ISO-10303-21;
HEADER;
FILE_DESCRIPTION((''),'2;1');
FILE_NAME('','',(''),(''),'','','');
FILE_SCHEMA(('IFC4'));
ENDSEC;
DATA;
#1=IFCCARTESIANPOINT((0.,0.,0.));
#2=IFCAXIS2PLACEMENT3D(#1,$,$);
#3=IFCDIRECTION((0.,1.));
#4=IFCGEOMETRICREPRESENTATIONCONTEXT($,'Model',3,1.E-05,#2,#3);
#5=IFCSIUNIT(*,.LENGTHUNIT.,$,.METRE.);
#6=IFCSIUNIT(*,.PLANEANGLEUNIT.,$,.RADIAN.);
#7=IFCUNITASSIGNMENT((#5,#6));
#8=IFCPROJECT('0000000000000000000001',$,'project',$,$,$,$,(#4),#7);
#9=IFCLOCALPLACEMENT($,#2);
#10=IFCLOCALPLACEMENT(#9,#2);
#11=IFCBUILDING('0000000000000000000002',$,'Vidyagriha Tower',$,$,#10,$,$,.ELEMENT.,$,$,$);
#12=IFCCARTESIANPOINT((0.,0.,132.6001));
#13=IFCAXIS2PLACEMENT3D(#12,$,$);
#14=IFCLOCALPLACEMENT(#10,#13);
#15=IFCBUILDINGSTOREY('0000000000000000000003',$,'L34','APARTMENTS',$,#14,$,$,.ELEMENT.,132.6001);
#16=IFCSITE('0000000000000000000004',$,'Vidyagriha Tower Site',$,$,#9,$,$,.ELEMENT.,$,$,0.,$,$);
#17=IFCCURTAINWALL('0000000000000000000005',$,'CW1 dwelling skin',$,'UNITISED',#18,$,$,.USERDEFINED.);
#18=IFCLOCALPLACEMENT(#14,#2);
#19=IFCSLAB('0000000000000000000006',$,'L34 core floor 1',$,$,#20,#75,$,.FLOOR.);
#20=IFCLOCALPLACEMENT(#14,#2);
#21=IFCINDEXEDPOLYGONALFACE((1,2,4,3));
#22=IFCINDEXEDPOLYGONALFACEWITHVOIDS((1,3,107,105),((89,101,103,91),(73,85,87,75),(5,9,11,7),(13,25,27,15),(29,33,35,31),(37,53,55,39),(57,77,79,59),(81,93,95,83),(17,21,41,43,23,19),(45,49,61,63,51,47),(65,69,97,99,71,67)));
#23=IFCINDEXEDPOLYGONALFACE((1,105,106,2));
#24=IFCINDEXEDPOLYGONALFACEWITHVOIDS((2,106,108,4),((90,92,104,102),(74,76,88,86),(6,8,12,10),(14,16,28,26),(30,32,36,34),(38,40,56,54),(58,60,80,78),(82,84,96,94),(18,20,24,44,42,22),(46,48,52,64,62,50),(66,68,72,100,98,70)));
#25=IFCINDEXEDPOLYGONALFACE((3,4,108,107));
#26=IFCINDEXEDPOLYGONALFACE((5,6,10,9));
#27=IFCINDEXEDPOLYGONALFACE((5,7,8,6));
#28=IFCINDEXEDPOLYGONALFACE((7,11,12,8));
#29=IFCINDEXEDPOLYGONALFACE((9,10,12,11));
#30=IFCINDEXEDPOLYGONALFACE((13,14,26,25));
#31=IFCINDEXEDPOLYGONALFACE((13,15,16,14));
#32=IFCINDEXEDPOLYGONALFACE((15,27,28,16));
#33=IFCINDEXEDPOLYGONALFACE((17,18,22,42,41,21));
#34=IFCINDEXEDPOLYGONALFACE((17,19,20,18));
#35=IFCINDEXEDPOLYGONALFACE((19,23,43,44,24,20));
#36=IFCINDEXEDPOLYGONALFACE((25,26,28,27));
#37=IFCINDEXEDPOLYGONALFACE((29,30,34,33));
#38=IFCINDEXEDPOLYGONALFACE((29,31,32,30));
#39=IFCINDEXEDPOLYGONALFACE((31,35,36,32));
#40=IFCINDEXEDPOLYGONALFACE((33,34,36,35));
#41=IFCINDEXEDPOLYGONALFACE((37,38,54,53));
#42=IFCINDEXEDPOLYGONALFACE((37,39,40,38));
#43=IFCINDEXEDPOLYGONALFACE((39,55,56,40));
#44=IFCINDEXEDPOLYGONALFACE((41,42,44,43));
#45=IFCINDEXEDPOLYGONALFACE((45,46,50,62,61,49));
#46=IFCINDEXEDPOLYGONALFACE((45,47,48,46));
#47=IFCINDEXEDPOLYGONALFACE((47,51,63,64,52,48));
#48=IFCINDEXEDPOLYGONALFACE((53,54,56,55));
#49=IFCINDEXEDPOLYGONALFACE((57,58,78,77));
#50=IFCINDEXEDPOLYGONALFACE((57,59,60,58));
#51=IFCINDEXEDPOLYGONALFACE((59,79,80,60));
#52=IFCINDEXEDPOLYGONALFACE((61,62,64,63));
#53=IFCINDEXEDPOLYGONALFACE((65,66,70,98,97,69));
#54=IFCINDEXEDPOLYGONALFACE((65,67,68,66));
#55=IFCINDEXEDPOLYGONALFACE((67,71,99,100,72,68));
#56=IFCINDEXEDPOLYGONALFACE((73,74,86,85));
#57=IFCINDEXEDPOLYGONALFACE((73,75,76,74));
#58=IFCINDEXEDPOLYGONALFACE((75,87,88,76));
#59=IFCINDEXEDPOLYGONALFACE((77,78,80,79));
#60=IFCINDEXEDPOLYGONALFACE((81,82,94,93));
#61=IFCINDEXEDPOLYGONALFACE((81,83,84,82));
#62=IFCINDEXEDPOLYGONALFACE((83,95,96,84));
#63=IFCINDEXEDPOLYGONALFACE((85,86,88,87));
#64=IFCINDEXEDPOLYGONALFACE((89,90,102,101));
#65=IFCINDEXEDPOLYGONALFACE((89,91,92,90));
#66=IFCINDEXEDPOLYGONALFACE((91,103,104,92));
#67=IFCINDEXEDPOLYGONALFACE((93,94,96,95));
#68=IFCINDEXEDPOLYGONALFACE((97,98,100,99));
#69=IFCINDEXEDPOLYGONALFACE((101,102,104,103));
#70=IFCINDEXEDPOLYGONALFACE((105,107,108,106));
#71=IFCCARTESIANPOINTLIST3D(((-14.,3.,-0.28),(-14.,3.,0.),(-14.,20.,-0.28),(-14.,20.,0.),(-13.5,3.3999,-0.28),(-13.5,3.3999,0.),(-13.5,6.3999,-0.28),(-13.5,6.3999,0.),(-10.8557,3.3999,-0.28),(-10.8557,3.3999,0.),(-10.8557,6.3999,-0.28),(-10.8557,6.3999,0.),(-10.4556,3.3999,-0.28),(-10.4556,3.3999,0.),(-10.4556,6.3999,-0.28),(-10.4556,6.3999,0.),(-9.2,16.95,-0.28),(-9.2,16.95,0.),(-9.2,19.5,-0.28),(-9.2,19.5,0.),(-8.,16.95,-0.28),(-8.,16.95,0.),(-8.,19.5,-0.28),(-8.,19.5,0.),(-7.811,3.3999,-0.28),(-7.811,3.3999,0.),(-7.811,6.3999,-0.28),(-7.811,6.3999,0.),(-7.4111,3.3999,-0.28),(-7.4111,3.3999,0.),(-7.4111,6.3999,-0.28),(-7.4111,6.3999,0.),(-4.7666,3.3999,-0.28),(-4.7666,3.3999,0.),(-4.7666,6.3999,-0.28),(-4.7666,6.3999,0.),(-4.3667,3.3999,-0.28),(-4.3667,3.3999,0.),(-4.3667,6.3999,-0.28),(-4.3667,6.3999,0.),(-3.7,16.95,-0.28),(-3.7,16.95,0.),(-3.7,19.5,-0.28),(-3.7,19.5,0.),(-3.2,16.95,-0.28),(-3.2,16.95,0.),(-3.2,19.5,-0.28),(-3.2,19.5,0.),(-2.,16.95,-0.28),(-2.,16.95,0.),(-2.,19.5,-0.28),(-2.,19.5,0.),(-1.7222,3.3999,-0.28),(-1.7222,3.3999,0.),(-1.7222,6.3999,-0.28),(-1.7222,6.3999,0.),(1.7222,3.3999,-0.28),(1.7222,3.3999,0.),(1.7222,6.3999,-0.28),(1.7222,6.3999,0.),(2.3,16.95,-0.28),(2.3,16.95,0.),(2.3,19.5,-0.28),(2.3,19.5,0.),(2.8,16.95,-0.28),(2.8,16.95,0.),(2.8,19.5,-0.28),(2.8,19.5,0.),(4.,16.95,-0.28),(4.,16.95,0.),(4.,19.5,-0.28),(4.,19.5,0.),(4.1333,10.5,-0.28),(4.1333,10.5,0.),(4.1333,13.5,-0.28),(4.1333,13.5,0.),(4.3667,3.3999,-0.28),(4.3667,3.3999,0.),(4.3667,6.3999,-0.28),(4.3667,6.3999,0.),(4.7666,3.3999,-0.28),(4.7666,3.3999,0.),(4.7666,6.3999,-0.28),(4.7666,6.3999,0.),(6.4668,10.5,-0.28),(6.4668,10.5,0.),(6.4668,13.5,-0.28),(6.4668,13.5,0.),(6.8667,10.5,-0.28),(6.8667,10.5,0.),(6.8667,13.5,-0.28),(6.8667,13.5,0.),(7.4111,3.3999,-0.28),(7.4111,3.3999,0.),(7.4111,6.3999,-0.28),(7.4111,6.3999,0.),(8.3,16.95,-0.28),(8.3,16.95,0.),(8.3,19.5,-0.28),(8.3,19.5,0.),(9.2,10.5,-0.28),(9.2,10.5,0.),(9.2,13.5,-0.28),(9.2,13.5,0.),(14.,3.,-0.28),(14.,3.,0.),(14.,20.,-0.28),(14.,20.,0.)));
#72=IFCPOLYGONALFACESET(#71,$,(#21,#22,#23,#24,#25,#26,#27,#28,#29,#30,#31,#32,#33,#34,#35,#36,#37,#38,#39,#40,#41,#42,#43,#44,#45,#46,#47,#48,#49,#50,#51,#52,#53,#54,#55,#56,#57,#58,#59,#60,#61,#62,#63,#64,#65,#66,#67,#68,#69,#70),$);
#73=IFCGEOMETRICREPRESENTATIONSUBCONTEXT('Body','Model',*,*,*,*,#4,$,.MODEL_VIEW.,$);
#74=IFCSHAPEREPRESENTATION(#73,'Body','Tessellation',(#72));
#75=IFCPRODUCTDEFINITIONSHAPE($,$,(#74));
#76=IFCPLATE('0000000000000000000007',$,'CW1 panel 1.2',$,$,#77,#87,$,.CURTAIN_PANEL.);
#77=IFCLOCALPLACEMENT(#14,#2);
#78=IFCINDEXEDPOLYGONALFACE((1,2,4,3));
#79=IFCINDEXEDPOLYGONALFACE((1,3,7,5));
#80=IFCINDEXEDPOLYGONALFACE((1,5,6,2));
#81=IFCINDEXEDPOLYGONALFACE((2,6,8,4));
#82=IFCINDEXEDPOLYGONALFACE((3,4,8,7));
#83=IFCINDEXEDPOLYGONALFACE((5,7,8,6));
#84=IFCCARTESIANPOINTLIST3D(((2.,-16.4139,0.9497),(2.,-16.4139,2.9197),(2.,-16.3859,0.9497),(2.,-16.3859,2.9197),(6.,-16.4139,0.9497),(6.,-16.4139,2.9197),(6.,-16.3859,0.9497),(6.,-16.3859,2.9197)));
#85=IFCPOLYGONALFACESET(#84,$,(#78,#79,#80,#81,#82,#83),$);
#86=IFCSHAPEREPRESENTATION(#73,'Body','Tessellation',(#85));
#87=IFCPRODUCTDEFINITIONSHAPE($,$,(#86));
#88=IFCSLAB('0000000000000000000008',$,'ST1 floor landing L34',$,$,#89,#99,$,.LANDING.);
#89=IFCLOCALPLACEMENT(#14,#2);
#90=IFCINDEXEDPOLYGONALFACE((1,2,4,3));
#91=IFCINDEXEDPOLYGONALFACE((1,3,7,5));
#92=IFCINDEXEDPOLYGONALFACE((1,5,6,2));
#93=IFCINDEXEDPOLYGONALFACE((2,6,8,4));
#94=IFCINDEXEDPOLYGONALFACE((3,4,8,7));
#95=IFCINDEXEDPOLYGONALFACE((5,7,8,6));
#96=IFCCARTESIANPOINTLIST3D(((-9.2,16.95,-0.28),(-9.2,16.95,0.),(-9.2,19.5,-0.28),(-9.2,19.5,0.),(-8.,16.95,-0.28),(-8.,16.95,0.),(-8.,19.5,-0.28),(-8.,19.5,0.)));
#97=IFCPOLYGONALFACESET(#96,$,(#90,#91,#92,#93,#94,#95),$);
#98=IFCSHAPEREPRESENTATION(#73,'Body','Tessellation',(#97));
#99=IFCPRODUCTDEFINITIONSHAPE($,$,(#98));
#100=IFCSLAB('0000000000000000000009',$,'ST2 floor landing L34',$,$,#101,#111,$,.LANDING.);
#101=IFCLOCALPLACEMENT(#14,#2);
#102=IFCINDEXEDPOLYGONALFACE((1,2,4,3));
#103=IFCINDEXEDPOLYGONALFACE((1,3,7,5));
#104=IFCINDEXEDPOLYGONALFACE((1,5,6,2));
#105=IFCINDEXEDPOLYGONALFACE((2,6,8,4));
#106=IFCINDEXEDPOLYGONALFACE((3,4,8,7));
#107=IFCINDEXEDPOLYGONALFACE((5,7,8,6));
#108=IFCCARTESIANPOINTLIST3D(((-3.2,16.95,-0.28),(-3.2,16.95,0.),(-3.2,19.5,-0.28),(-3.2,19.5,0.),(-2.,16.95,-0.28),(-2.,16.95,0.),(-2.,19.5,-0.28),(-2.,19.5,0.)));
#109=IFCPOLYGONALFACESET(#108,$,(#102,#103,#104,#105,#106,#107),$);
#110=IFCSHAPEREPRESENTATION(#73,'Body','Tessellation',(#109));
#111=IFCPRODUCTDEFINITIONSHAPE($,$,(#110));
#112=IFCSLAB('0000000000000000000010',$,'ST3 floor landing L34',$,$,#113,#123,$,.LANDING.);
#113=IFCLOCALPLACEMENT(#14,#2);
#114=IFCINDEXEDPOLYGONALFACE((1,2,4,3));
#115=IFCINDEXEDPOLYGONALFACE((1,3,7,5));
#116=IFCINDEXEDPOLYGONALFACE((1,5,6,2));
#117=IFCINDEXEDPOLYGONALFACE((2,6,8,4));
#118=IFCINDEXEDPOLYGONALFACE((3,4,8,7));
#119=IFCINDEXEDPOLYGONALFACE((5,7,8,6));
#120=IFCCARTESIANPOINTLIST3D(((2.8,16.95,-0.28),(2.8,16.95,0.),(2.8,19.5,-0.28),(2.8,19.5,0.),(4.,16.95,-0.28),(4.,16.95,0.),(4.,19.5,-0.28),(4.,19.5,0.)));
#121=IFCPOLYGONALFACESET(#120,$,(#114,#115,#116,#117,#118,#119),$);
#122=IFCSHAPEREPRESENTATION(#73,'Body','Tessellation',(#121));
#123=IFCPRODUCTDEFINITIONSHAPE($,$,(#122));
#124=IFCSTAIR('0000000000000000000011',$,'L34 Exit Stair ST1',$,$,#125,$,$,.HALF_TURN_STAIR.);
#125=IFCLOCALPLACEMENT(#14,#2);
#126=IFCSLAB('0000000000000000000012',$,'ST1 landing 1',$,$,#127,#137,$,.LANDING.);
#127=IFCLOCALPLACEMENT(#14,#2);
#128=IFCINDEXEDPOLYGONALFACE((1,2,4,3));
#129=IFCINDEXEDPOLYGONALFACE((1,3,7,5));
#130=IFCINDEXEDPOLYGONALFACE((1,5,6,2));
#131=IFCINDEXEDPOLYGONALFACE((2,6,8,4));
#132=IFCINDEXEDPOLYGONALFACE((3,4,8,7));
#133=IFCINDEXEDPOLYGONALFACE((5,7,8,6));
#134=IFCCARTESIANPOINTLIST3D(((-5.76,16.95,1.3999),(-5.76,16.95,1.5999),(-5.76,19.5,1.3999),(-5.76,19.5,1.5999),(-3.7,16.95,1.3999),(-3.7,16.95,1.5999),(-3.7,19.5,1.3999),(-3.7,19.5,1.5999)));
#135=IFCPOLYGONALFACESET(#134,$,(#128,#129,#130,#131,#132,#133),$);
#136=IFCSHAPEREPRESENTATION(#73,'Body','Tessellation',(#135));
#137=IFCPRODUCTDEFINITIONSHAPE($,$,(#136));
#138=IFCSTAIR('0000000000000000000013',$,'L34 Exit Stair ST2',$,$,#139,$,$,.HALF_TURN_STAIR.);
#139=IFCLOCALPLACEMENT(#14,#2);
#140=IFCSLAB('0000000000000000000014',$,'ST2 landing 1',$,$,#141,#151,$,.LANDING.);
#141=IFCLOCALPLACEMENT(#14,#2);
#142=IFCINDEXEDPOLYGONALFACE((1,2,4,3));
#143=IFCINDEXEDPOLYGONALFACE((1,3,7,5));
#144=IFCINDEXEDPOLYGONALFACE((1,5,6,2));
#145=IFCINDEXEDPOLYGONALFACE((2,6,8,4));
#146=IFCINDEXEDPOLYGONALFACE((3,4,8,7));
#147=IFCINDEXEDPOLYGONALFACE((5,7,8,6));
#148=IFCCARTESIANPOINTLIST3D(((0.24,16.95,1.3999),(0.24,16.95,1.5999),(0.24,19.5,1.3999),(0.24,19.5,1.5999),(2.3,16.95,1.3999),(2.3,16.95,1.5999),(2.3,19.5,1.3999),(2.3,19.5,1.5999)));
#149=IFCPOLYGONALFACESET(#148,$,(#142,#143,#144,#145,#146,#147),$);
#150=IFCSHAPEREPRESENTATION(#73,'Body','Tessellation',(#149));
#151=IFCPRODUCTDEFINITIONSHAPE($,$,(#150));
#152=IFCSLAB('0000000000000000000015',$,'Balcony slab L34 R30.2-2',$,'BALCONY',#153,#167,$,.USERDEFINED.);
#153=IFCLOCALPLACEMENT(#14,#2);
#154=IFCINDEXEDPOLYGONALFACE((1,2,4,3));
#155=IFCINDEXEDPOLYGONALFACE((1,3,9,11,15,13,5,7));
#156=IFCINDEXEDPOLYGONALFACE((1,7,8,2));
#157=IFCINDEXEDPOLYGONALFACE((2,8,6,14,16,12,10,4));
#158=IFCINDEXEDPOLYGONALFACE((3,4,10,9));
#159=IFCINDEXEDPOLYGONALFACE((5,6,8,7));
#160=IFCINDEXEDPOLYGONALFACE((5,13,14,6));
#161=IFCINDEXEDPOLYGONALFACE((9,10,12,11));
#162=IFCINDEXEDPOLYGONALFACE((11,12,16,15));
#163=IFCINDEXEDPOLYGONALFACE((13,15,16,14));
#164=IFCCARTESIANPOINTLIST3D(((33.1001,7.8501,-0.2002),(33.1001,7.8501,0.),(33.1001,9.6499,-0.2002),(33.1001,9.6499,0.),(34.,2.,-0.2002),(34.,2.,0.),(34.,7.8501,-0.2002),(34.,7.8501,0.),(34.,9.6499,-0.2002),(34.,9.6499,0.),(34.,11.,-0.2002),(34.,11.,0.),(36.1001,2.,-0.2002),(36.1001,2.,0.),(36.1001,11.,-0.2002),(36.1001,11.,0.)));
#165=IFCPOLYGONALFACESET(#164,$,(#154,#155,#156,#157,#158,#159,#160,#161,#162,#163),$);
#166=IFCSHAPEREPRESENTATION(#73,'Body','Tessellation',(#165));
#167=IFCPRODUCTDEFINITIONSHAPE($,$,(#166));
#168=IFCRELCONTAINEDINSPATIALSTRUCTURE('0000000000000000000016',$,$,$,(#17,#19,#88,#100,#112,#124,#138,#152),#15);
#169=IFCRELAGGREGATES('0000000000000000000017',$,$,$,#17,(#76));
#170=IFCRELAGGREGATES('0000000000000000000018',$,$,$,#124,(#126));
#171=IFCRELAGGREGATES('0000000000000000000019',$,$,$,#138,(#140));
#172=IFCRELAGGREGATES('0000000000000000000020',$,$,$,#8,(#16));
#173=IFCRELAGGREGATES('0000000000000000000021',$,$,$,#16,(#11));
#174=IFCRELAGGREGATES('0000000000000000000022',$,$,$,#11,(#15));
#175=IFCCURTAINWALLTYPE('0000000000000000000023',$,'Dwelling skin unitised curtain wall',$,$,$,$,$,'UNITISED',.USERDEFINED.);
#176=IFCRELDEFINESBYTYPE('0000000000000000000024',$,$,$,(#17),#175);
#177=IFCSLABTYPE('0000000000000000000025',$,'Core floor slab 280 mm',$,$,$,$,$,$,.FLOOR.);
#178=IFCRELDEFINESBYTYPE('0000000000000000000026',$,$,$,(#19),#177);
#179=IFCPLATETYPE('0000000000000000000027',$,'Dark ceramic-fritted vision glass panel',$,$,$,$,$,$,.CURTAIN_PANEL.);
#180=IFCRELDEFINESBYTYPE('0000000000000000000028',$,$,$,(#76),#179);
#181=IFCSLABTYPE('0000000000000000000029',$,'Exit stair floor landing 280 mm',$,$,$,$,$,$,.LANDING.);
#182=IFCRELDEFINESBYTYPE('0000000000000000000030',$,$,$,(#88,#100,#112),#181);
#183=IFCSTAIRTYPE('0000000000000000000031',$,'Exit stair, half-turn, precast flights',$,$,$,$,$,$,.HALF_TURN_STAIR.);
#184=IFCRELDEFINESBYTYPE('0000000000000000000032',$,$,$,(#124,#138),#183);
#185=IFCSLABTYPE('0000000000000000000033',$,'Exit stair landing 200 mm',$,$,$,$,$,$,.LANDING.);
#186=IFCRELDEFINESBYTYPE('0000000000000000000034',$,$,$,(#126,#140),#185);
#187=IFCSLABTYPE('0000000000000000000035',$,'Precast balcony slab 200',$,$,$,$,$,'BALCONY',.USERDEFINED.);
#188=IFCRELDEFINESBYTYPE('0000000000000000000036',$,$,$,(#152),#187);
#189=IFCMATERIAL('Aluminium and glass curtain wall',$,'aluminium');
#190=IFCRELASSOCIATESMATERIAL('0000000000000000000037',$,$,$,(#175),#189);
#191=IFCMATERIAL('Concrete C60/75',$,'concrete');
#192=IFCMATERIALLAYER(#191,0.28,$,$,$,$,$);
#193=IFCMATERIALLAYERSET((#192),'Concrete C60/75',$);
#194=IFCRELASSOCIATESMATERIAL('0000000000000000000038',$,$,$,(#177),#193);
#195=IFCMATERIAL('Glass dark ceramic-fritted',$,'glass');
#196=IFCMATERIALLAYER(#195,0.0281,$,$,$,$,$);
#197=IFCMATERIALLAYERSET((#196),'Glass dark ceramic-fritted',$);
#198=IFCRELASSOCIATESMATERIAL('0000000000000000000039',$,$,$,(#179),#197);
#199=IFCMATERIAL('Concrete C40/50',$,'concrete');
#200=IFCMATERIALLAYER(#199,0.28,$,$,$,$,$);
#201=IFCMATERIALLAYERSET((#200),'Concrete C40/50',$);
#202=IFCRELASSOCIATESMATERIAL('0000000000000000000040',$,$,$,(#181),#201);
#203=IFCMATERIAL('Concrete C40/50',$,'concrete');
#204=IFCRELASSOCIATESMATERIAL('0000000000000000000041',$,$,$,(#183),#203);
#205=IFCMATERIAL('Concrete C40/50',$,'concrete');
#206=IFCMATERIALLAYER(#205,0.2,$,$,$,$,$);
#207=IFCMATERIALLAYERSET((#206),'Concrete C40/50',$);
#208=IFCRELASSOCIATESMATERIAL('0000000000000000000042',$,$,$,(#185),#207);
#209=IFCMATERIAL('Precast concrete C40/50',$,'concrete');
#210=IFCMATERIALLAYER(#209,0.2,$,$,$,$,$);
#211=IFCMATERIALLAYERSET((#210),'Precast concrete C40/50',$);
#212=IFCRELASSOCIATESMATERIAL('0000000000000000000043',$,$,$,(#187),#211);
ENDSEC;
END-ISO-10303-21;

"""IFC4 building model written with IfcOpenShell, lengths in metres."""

from ifc_helpers import new_model, si_unit, direction, frame, origin, origin_2d, place, context, subcontext, project, spatial, polyline, rectangle, outline, extrude, material, layer, layer_set, type_object, element, aggregate, save


model = new_model("IFC4")

# Units and contexts
model_context = context("Model", 3, precision=1e-05, world=origin(), true_north=direction((0.0, 1.0)))
body_context = subcontext(model_context, "Body", "Model", "MODEL_VIEW")
ifc_project = project(units=[si_unit("LENGTHUNIT", "METRE"), si_unit("PLANEANGLEUNIT", "RADIAN")], contexts=[model_context])

# Site, building, storey
site_placement = place(None, origin())
site = spatial("IfcSite", under=ifc_project, at=site_placement, Name="Vidyagriha Tower Site", CompositionType="ELEMENT", RefElevation=0.0)
building_placement = place(site_placement, origin())
building = spatial("IfcBuilding", under=site, at=building_placement, Name="Vidyagriha Tower", CompositionType="ELEMENT")
storey_placement = place(building_placement, frame((0.0, 0.0, 132.6001)))
storey = spatial("IfcBuildingStorey", under=building, at=storey_placement, Name="L34", Description="APARTMENTS", CompositionType="ELEMENT", Elevation=132.6001)

# Curtain wall
ifc_material_1 = material(Name="Aluminium and glass curtain wall", Category="aluminium")
curtain_wall_type = type_object("IfcCurtainWallType", Name="Dwelling skin unitised curtain wall", ElementType="UNITISED", PredefinedType="USERDEFINED", material=ifc_material_1)
curtain_wall_1_placement = place(storey_placement, origin())
curtain_wall_1 = element("IfcCurtainWall", 1, at=curtain_wall_1_placement, inside=storey, type_object=curtain_wall_type, Name="CW1 dwelling skin", ObjectType="UNITISED", PredefinedType="USERDEFINED")

# Slab
ifc_material_2 = material(Name="Concrete C60/75", Category="concrete")
ifc_layer_1 = layer(ifc_material_2, 0.28)
ifc_layer_set_1 = layer_set([ifc_layer_1], Name="Concrete C60/75")
slab_type_1 = type_object("IfcSlabType", Name="Core floor slab 280 mm", PredefinedType="FLOOR", material=ifc_layer_set_1)
slab_1_placement = place(storey_placement, frame((0.0, 0.0, -0.28)))
element("IfcSlab", 2, at=slab_1_placement, inside=storey, type_object=slab_type_1, Name="L34 core floor 1", PredefinedType="FLOOR", context=body_context, shape_type="SweptSolid", body=[
    extrude(outline(polyline([(-14.0, 3.0), (-14.0, 20.0), (14.0, 20.0), (14.0, 3.0), (-14.0, 3.0)]), holes=[polyline([(9.2, 13.5), (6.8667, 13.5), (6.8667, 10.5), (9.2, 10.5), (9.2, 13.5)]), polyline([(4.0, 19.5), (2.8, 19.5), (2.8, 16.95), (4.0, 16.95), (8.3, 16.95), (8.3, 19.5), (4.0, 19.5)]), polyline([(7.4111, 6.3999), (4.7666, 6.3999), (4.7666, 3.3999), (7.4111, 3.3999), (7.4111, 6.3999)]), polyline([(6.4668, 13.5), (4.1333, 13.5), (4.1333, 10.5), (6.4668, 10.5), (6.4668, 13.5)]), polyline([(1.7222, 6.3999), (1.7222, 3.3999), (4.3667, 3.3999), (4.3667, 6.3999), (1.7222, 6.3999)]), polyline([(-2.0, 16.95), (2.3, 16.95), (2.3, 19.5), (-2.0, 19.5), (-3.2, 19.5), (-3.2, 16.95), (-2.0, 16.95)]), polyline([(-1.7222, 6.3999), (-4.3667, 6.3999), (-4.3667, 3.3999), (-1.7222, 3.3999), (-1.7222, 6.3999)]), polyline([(-8.0, 19.5), (-9.2, 19.5), (-9.2, 16.95), (-8.0, 16.95), (-3.7, 16.95), (-3.7, 19.5), (-8.0, 19.5)]), polyline([(-4.7666, 6.3999), (-7.4111, 6.3999), (-7.4111, 3.3999), (-4.7666, 3.3999), (-4.7666, 6.3999)]), polyline([(-7.811, 6.3999), (-10.4556, 6.3999), (-10.4556, 3.3999), (-7.811, 3.3999), (-7.811, 6.3999)]), polyline([(-13.5, 6.3999), (-13.5, 3.3999), (-10.8557, 3.3999), (-10.8557, 6.3999), (-13.5, 6.3999)])]), origin(), (0.0, 0.0, 1.0), 0.28),
])

# Plate
ifc_material_3 = material(Name="Glass dark ceramic-fritted", Category="glass")
ifc_layer_2 = layer(ifc_material_3, 0.0281)
ifc_layer_set_2 = layer_set([ifc_layer_2], Name="Glass dark ceramic-fritted")
plate_type_1 = type_object("IfcPlateType", Name="Dark ceramic-fritted vision glass panel", PredefinedType="CURTAIN_PANEL", material=ifc_layer_set_2)
plate_1_placement = place(storey_placement, frame((4.0, -16.3999, 0.9497)))
plate_1 = element("IfcPlate", 3, at=plate_1_placement, type_object=plate_type_1, Name="CW1 panel 1.2", PredefinedType="CURTAIN_PANEL", context=body_context, shape_type="SweptSolid", body=[
    extrude(rectangle(XDim=4.0, YDim=0.0281, at=origin_2d()), origin(), (0.0, 0.0, 1.0), 1.97),
])
aggregate(curtain_wall_1, [plate_1])

# Slabs
ifc_material_4 = material(Name="Concrete C40/50", Category="concrete")
ifc_layer_3 = layer(ifc_material_4, 0.28)
ifc_layer_set_3 = layer_set([ifc_layer_3], Name="Concrete C40/50")
slab_type_2 = type_object("IfcSlabType", Name="Exit stair floor landing 280 mm", PredefinedType="LANDING", material=ifc_layer_set_3)
slab_2_placement = place(storey_placement, frame((0.0, 0.0, -0.28)))
element("IfcSlab", 4, at=slab_2_placement, inside=storey, type_object=slab_type_2, Name="ST1 floor landing L34", PredefinedType="LANDING", context=body_context, shape_type="SweptSolid", body=[
    extrude(outline(polyline([(-9.2, 16.95), (-8.0, 16.95), (-8.0, 19.5), (-9.2, 19.5), (-9.2, 16.95)])), origin(), (0.0, 0.0, 1.0), 0.28),
])
slab_3_placement = place(storey_placement, frame((0.0, 0.0, -0.28)))
element("IfcSlab", 5, at=slab_3_placement, inside=storey, type_object=slab_type_2, Name="ST2 floor landing L34", PredefinedType="LANDING", context=body_context, shape_type="SweptSolid", body=[
    extrude(outline(polyline([(-3.2, 16.95), (-2.0, 16.95), (-2.0, 19.5), (-3.2, 19.5), (-3.2, 16.95)])), origin(), (0.0, 0.0, 1.0), 0.28),
])
slab_4_placement = place(storey_placement, frame((0.0, 0.0, -0.28)))
element("IfcSlab", 6, at=slab_4_placement, inside=storey, type_object=slab_type_2, Name="ST3 floor landing L34", PredefinedType="LANDING", context=body_context, shape_type="SweptSolid", body=[
    extrude(outline(polyline([(2.8, 16.95), (4.0, 16.95), (4.0, 19.5), (2.8, 19.5), (2.8, 16.95)])), origin(), (0.0, 0.0, 1.0), 0.28),
])

# Stairs, slabs
ifc_material_5 = material(Name="Concrete C40/50", Category="concrete")
stair_type = type_object("IfcStairType", Name="Exit stair, half-turn, precast flights", PredefinedType="HALF_TURN_STAIR", material=ifc_material_5)
stair_1_placement = place(storey_placement, origin())
stair_1 = element("IfcStair", 7, at=stair_1_placement, inside=storey, type_object=stair_type, Name="L34 Exit Stair ST1", PredefinedType="HALF_TURN_STAIR")
ifc_material_6 = material(Name="Concrete C40/50", Category="concrete")
ifc_layer_4 = layer(ifc_material_6, 0.2)
ifc_layer_set_4 = layer_set([ifc_layer_4], Name="Concrete C40/50")
slab_type_3 = type_object("IfcSlabType", Name="Exit stair landing 200 mm", PredefinedType="LANDING", material=ifc_layer_set_4)
slab_5_placement = place(storey_placement, frame((0.0, 0.0, 1.3999)))
slab_5 = element("IfcSlab", 8, at=slab_5_placement, type_object=slab_type_3, Name="ST1 landing 1", PredefinedType="LANDING", context=body_context, shape_type="SweptSolid", body=[
    extrude(outline(polyline([(-5.76, 16.95), (-3.7, 16.95), (-3.7, 19.5), (-5.76, 19.5), (-5.76, 16.95)])), origin(), (0.0, 0.0, 1.0), 0.2),
])
aggregate(stair_1, [slab_5])
stair_2_placement = place(storey_placement, origin())
stair_2 = element("IfcStair", 9, at=stair_2_placement, inside=storey, type_object=stair_type, Name="L34 Exit Stair ST2", PredefinedType="HALF_TURN_STAIR")
slab_6_placement = place(storey_placement, frame((0.0, 0.0, 1.3999)))
slab_6 = element("IfcSlab", 10, at=slab_6_placement, type_object=slab_type_3, Name="ST2 landing 1", PredefinedType="LANDING", context=body_context, shape_type="SweptSolid", body=[
    extrude(outline(polyline([(0.24, 16.95), (2.3, 16.95), (2.3, 19.5), (0.24, 19.5), (0.24, 16.95)])), origin(), (0.0, 0.0, 1.0), 0.2),
])
aggregate(stair_2, [slab_6])

# Slab
ifc_material_7 = material(Name="Precast concrete C40/50", Category="concrete")
ifc_layer_5 = layer(ifc_material_7, 0.2)
ifc_layer_set_5 = layer_set([ifc_layer_5], Name="Precast concrete C40/50")
slab_type_4 = type_object("IfcSlabType", Name="Precast balcony slab 200", ElementType="BALCONY", PredefinedType="USERDEFINED", material=ifc_layer_set_5)
slab_7_placement = place(storey_placement, frame((0.0, 0.0, -0.2002)))
element("IfcSlab", 11, at=slab_7_placement, inside=storey, type_object=slab_type_4, Name="Balcony slab L34 R30.2-2", ObjectType="BALCONY", PredefinedType="USERDEFINED", context=body_context, shape_type="SweptSolid", body=[
    extrude(outline(polyline([(34.0, 7.8501), (34.0, 2.0), (36.1001, 2.0), (36.1001, 11.0), (34.0, 11.0), (34.0, 9.6499), (33.1001, 9.6499), (33.1001, 7.8501), (34.0, 7.8501)])), origin(), (0.0, 0.0, 1.0), 0.2002),
])

save(model, "model.ifc")
